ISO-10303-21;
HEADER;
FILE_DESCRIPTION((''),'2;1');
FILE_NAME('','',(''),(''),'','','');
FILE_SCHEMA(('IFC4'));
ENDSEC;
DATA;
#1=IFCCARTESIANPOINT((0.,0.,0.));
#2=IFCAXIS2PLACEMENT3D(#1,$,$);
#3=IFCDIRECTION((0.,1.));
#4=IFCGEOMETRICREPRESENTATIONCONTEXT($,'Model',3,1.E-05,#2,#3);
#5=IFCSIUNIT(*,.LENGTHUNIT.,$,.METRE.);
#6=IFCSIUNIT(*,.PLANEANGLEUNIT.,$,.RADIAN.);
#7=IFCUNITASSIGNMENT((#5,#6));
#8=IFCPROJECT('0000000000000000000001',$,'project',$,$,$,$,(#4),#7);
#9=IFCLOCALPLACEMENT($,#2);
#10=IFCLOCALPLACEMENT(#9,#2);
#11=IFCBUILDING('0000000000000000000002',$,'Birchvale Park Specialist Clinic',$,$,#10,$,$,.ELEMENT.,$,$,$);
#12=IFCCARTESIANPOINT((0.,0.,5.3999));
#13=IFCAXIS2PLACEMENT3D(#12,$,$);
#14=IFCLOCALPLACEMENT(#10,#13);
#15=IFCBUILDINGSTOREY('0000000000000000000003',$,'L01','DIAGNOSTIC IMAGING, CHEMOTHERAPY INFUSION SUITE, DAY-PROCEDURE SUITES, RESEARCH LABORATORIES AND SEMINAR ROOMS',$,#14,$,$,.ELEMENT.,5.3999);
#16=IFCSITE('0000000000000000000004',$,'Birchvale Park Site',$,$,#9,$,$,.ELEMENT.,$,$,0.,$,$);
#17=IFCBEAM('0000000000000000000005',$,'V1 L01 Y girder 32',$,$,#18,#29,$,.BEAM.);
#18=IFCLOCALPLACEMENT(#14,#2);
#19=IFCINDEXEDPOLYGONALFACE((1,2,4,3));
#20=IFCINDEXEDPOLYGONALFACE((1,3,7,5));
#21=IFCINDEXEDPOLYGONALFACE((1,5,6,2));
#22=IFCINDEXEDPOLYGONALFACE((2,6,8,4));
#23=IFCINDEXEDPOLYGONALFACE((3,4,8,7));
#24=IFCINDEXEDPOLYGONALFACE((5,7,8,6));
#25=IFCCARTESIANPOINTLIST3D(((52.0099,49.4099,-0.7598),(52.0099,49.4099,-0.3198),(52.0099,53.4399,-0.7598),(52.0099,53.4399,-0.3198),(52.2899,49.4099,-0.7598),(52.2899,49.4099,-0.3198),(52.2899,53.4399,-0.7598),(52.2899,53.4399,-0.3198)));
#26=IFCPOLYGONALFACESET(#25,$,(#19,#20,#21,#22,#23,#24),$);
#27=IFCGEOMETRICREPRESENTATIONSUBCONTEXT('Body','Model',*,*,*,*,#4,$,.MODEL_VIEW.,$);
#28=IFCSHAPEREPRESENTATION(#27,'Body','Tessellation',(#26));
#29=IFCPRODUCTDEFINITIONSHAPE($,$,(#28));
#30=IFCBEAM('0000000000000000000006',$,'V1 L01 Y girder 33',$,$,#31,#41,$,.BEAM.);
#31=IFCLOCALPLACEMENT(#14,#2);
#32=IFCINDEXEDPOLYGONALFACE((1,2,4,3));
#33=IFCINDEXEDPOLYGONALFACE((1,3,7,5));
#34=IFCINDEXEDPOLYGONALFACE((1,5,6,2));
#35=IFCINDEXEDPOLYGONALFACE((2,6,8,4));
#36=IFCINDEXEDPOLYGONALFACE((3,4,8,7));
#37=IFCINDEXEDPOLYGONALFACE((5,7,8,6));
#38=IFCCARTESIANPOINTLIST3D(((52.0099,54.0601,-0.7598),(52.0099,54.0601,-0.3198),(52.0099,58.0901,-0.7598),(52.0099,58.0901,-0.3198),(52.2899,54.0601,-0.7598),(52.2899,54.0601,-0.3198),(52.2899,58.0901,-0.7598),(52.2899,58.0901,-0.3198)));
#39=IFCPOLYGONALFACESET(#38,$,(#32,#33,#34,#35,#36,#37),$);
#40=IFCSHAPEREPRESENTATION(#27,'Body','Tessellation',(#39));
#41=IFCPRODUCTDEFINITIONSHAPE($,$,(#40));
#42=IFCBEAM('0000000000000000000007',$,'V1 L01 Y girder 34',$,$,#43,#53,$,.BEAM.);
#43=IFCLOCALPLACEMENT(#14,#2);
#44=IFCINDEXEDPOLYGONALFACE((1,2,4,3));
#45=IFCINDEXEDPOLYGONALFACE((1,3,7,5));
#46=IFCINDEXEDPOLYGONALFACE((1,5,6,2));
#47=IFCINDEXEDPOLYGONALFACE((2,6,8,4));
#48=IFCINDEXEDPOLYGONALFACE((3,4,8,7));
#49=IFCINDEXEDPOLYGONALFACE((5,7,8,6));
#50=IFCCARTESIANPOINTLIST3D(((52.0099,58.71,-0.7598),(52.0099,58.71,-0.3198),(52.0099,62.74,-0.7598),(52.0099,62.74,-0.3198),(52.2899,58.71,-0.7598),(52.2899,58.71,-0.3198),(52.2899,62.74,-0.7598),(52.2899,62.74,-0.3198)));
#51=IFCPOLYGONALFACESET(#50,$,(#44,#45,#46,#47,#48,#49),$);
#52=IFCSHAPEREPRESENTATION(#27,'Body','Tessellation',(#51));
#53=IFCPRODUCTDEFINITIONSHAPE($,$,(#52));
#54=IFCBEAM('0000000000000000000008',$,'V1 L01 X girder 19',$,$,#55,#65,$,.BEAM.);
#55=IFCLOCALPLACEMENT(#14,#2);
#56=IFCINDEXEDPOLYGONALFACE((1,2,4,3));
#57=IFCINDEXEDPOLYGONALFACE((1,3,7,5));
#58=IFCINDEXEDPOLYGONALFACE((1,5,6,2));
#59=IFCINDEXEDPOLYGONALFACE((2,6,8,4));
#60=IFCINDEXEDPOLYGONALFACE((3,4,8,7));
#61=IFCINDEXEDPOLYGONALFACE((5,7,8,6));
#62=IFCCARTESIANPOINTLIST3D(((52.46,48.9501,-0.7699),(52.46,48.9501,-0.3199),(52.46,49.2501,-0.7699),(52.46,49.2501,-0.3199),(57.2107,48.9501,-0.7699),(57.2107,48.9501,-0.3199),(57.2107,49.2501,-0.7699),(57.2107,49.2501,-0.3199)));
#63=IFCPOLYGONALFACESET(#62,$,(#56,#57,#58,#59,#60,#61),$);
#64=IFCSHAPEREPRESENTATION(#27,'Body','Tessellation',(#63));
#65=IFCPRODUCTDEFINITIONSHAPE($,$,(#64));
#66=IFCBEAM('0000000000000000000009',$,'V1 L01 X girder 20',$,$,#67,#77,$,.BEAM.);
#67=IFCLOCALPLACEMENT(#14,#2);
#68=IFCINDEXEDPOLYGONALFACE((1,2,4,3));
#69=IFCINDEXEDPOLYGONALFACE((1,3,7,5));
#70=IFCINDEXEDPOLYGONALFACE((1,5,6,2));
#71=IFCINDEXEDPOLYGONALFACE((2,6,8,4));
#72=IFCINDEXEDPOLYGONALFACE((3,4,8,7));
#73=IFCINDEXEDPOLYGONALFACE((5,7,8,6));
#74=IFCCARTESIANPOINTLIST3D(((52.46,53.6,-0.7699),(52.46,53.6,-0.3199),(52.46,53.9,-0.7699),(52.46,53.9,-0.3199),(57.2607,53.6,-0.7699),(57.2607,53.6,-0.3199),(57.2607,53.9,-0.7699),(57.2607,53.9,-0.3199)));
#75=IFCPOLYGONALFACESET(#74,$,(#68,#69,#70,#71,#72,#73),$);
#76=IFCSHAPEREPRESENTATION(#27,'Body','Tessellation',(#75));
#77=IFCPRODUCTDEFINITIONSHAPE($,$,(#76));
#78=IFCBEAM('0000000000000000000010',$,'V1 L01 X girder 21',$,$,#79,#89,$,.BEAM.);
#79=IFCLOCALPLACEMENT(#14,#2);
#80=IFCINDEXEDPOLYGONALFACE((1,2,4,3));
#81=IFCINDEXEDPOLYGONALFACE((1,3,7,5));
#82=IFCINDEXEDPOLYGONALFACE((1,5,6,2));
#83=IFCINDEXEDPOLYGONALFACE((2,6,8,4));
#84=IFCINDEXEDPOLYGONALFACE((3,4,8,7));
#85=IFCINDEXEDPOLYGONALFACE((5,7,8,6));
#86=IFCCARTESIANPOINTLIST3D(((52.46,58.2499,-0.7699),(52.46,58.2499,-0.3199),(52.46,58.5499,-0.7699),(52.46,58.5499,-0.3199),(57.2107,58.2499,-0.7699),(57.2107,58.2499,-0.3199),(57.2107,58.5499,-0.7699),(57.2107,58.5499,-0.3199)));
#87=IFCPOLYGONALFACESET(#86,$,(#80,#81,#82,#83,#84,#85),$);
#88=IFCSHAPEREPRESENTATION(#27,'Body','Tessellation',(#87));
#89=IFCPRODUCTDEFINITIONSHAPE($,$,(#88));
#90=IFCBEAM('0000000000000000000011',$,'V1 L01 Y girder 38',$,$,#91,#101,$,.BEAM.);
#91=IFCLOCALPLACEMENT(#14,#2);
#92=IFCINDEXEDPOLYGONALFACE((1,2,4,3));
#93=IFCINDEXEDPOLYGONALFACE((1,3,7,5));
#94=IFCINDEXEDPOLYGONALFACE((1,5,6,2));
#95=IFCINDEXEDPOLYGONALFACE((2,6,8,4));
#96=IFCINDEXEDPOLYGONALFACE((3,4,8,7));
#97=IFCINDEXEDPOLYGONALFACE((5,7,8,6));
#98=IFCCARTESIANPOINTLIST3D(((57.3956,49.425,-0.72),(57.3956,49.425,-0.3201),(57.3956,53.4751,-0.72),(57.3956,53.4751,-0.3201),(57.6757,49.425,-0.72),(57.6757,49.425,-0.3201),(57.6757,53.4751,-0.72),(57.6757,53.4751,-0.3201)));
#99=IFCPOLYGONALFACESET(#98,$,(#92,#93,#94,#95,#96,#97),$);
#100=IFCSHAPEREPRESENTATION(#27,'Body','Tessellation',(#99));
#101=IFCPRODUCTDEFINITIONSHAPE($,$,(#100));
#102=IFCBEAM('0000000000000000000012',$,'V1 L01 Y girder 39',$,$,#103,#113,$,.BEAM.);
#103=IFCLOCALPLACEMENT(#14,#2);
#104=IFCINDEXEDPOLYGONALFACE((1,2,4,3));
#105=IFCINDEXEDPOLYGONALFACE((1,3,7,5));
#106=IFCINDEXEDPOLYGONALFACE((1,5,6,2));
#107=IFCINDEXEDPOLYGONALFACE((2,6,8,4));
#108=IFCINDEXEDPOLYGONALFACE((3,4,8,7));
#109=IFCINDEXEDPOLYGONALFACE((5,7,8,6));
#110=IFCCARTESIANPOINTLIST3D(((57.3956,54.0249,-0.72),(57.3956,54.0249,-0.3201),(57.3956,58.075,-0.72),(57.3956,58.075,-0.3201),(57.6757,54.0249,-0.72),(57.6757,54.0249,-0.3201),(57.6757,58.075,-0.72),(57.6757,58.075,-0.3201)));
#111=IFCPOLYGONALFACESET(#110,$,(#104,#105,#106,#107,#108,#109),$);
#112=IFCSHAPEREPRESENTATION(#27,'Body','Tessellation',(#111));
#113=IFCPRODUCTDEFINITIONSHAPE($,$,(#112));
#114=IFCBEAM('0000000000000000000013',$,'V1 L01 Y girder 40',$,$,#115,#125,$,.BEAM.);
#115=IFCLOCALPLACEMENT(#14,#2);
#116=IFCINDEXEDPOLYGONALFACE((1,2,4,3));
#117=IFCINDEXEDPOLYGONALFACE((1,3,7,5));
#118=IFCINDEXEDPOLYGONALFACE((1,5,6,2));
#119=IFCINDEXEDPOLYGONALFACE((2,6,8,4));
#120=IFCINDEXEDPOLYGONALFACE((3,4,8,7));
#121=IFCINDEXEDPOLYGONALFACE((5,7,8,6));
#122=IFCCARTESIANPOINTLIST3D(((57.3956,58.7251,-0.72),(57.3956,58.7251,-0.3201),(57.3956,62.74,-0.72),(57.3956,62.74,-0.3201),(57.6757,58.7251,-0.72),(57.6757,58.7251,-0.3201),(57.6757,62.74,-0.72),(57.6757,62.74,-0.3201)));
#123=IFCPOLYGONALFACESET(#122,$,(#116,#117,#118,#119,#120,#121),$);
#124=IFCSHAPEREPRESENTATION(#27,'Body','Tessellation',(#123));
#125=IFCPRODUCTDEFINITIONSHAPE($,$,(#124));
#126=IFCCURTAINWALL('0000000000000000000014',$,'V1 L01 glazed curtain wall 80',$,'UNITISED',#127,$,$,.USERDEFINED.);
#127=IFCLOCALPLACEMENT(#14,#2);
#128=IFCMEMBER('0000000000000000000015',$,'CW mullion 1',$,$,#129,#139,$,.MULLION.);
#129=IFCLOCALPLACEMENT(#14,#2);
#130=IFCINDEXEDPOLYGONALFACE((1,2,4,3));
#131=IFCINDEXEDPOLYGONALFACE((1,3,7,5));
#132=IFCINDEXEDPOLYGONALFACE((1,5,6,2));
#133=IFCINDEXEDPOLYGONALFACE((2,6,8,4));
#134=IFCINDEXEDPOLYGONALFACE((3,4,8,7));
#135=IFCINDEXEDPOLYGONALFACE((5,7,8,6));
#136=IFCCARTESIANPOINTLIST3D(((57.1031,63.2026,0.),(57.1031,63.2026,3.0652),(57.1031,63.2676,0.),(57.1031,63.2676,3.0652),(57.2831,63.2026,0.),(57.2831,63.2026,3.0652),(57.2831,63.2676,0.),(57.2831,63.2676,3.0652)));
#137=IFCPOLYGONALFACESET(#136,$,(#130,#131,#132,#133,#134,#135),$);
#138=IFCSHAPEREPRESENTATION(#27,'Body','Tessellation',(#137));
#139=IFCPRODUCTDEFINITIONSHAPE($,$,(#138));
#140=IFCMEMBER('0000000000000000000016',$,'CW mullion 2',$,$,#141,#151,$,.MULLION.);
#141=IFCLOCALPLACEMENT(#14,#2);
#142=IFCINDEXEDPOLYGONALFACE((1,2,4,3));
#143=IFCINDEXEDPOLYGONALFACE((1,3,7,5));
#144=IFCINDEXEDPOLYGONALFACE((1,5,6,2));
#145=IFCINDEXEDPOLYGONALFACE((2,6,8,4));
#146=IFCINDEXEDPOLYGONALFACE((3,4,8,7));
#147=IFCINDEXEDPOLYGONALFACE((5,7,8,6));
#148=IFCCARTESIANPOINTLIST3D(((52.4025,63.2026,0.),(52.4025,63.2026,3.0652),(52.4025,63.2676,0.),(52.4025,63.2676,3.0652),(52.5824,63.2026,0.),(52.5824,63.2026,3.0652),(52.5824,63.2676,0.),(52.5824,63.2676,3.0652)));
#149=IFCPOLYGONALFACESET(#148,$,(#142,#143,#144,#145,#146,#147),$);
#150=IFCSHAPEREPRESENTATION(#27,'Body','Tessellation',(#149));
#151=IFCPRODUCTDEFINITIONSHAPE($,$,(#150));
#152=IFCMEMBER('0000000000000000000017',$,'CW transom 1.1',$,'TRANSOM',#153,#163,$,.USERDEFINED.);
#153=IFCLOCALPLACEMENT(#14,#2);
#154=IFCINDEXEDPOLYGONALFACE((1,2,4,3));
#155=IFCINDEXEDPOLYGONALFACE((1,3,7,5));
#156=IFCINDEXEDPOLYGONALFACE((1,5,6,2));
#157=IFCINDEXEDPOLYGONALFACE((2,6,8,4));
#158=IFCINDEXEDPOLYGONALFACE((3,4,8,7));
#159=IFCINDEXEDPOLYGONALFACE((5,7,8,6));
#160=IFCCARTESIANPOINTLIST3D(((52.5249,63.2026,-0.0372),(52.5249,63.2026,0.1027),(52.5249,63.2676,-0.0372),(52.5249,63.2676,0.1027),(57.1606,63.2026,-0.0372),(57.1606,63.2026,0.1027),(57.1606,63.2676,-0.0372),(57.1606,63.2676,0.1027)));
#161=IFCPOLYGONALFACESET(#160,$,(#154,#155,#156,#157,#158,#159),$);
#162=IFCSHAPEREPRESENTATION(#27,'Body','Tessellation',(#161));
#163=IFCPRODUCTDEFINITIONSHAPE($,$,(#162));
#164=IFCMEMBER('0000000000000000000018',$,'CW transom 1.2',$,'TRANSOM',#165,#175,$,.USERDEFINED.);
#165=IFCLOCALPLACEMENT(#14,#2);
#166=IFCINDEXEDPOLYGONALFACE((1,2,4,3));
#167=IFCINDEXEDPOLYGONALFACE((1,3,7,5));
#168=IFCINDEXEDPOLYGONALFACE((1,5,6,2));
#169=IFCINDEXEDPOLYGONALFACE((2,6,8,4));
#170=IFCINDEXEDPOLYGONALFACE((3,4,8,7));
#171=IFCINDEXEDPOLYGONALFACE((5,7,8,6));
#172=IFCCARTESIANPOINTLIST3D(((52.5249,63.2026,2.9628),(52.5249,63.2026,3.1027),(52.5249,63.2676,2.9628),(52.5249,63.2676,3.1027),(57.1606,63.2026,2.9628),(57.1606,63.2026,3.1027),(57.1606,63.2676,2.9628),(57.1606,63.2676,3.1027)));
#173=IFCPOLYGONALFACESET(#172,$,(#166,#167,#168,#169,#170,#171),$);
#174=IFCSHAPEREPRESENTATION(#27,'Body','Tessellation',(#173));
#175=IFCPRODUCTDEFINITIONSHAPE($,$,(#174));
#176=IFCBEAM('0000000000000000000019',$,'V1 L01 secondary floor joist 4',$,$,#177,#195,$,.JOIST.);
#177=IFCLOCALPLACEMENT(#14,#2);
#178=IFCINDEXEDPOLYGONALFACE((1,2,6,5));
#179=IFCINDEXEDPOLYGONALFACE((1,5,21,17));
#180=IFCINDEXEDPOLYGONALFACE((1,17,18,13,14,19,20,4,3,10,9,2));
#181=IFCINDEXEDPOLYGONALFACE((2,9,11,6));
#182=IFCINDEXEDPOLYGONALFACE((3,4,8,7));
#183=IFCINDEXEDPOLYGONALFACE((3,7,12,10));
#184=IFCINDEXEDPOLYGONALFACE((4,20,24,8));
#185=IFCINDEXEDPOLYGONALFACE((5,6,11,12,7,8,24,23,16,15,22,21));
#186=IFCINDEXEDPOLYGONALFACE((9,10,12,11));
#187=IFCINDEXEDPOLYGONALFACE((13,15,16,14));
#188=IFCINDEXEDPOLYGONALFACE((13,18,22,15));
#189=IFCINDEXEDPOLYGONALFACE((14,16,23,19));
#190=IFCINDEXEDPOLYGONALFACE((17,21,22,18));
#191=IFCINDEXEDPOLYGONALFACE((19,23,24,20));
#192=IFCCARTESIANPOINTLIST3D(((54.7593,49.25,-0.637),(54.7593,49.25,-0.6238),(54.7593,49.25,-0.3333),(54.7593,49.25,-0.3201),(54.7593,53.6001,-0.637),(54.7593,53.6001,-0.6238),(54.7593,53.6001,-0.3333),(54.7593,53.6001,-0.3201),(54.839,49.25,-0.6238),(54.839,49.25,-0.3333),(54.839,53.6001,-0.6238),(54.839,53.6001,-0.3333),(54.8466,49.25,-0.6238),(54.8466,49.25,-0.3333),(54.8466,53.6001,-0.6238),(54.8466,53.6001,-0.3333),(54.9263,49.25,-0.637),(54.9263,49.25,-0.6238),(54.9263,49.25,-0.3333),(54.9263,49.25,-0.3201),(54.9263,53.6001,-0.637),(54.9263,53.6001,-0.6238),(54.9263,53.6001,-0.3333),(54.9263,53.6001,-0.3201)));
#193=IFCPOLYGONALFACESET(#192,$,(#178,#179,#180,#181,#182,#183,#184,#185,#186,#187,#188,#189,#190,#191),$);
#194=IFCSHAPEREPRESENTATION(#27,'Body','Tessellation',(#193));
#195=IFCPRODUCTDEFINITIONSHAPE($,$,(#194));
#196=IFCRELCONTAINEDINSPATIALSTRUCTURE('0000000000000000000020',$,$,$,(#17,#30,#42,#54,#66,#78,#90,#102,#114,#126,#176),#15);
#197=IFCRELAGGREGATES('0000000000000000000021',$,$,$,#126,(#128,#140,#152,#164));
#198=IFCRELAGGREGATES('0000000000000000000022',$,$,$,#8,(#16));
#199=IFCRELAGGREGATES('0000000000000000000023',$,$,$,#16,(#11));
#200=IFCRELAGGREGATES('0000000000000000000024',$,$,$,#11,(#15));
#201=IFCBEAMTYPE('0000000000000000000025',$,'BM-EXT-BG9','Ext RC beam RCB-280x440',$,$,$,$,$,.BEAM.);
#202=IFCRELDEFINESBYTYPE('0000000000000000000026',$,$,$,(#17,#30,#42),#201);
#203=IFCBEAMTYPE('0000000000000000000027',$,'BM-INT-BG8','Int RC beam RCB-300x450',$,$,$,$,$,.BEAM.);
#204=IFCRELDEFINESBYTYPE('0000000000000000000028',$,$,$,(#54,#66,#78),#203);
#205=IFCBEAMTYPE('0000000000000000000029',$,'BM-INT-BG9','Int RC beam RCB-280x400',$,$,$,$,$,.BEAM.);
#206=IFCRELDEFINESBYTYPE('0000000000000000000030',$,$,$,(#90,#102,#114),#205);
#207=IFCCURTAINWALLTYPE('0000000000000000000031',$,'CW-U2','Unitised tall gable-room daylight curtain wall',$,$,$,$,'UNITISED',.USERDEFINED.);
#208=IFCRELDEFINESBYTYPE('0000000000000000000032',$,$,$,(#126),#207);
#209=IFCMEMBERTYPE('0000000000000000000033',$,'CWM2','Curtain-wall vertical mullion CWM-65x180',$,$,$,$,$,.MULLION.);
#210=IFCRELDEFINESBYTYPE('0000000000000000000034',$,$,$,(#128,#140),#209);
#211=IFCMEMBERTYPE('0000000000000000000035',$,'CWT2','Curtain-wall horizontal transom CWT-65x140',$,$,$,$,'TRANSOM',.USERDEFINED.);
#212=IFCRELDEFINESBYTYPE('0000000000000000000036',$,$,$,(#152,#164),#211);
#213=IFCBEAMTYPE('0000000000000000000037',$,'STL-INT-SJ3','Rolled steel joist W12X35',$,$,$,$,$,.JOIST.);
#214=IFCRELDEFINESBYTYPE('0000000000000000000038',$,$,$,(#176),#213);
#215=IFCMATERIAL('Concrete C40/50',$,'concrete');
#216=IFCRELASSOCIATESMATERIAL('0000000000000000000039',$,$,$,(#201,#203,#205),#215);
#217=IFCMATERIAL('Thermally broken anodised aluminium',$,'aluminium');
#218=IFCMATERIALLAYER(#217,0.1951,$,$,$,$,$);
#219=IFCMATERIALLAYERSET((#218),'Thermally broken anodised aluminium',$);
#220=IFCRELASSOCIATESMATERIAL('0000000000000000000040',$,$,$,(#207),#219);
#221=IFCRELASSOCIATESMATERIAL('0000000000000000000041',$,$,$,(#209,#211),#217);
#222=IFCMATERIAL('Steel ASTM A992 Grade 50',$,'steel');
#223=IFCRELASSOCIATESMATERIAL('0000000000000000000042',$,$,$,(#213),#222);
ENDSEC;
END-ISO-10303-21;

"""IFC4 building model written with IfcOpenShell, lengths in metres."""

from ifc_helpers import new_model, si_unit, direction, frame, origin, origin_2d, place, context, subcontext, project, spatial, rectangle, i_section, extrude, material, layer, layer_set, material_profile, profile_set, type_object, element, aggregate, save


model = new_model("IFC4")

# Units and contexts
model_context = context("Model", 3, precision=1e-05, world=origin(), true_north=direction((0.0, 1.0)))
body_context = subcontext(model_context, "Body", "Model", "MODEL_VIEW")
ifc_project = project(units=[si_unit("LENGTHUNIT", "METRE"), si_unit("PLANEANGLEUNIT", "RADIAN")], contexts=[model_context])

# Site, building, storey
site_placement = place(None, origin())
site = spatial("IfcSite", under=ifc_project, at=site_placement, Name="Birchvale Park Site", CompositionType="ELEMENT", RefElevation=0.0)
building_placement = place(site_placement, origin())
building = spatial("IfcBuilding", under=site, at=building_placement, Name="Birchvale Park Specialist Clinic", CompositionType="ELEMENT")
storey_placement = place(building_placement, frame((0.0, 0.0, 5.3999)))
storey = spatial("IfcBuildingStorey", under=building, at=storey_placement, Name="L01", Description="DIAGNOSTIC IMAGING, CHEMOTHERAPY INFUSION SUITE, DAY-PROCEDURE SUITES, RESEARCH LABORATORIES AND SEMINAR ROOMS", CompositionType="ELEMENT", Elevation=5.3999)

# Shared definitions
ifc_material_1 = material(Name="Concrete C40/50", Category="concrete")

# Beams
ifc_material_profile_1 = material_profile(ifc_material_1, rectangle(XDim=0.28, YDim=0.4399, at=origin_2d()), Name="RCB-280x440")
ifc_profile_set_1 = profile_set([ifc_material_profile_1], Name="Concrete C40/50")
beam_type_1 = type_object("IfcBeamType", Name="BM-EXT-BG9", Description="Ext RC beam RCB-280x440", PredefinedType="BEAM", material=ifc_profile_set_1)
for number, where, z_axis, x_axis, name in (
    (1, (52.1499, 49.4099, -0.5398), (0.0, 1.0, 0.0), (-1.0, 0.0, 0.0), "V1 L01 Y girder 32"),
    (2, (52.1499, 54.0601, -0.5398), (0.0, 1.0, 0.0), (-1.0, 0.0, 0.0), "V1 L01 Y girder 33"),
    (3, (52.1499, 58.71, -0.5398), (0.0, 1.0, 0.0), (-1.0, 0.0, 0.0), "V1 L01 Y girder 34"),
):
    element("IfcBeam", number, at=place(storey_placement, frame(where, z_axis=z_axis, x_axis=x_axis)), inside=storey, type_object=beam_type_1, Name=name, PredefinedType="BEAM", context=body_context, shape_type="SweptSolid", body=[
        extrude(rectangle(XDim=0.28, YDim=0.4399, at=origin_2d()), origin(), (0.0, 0.0, 1.0), 4.03),
    ])
ifc_material_profile_2 = material_profile(ifc_material_1, rectangle(XDim=0.3, YDim=0.45, at=origin_2d()), Name="RCB-300x450")
ifc_profile_set_2 = profile_set([ifc_material_profile_2], Name="Concrete C40/50")
beam_type_2 = type_object("IfcBeamType", Name="BM-INT-BG8", Description="Int RC beam RCB-300x450", PredefinedType="BEAM", material=ifc_profile_set_2)
beam_1_placement = place(storey_placement, frame((52.46, 49.1001, -0.5449), z_axis=(1.0, 0.0, 0.0), x_axis=(0.0, 1.0, 0.0)))
element("IfcBeam", 4, at=beam_1_placement, inside=storey, type_object=beam_type_2, Name="V1 L01 X girder 19", PredefinedType="BEAM", context=body_context, shape_type="SweptSolid", body=[
    extrude(rectangle(XDim=0.3, YDim=0.45, at=origin_2d()), origin(), (0.0, 0.0, 1.0), 4.7507),
])
beam_2_placement = place(storey_placement, frame((52.46, 53.75, -0.5449), z_axis=(1.0, 0.0, 0.0), x_axis=(0.0, 1.0, 0.0)))
element("IfcBeam", 5, at=beam_2_placement, inside=storey, type_object=beam_type_2, Name="V1 L01 X girder 20", PredefinedType="BEAM", context=body_context, shape_type="SweptSolid", body=[
    extrude(rectangle(XDim=0.3, YDim=0.45, at=origin_2d()), origin(), (0.0, 0.0, 1.0), 4.8008),
])
beam_3_placement = place(storey_placement, frame((52.46, 58.3999, -0.5449), z_axis=(1.0, 0.0, 0.0), x_axis=(0.0, 1.0, 0.0)))
element("IfcBeam", 6, at=beam_3_placement, inside=storey, type_object=beam_type_2, Name="V1 L01 X girder 21", PredefinedType="BEAM", context=body_context, shape_type="SweptSolid", body=[
    extrude(rectangle(XDim=0.3, YDim=0.45, at=origin_2d()), origin(), (0.0, 0.0, 1.0), 4.7507),
])
ifc_material_profile_3 = material_profile(ifc_material_1, rectangle(XDim=0.28, YDim=0.3999, at=origin_2d()), Name="RCB-280x400")
ifc_profile_set_3 = profile_set([ifc_material_profile_3], Name="Concrete C40/50")
beam_type_3 = type_object("IfcBeamType", Name="BM-INT-BG9", Description="Int RC beam RCB-280x400", PredefinedType="BEAM", material=ifc_profile_set_3)
for number, where, z_axis, x_axis, name in (
    (7, (57.5356, 49.425, -0.52), (0.0, 1.0, 0.0), (-1.0, 0.0, 0.0), "V1 L01 Y girder 38"),
    (8, (57.5356, 54.0249, -0.52), (0.0, 1.0, 0.0), (-1.0, 0.0, 0.0), "V1 L01 Y girder 39"),
):
    element("IfcBeam", number, at=place(storey_placement, frame(where, z_axis=z_axis, x_axis=x_axis)), inside=storey, type_object=beam_type_3, Name=name, PredefinedType="BEAM", context=body_context, shape_type="SweptSolid", body=[
        extrude(rectangle(XDim=0.28, YDim=0.3999, at=origin_2d()), origin(), (0.0, 0.0, 1.0), 4.05),
    ])
beam_4_placement = place(storey_placement, frame((57.5356, 58.7251, -0.52), z_axis=(0.0, 1.0, 0.0), x_axis=(-1.0, 0.0, 0.0)))
element("IfcBeam", 9, at=beam_4_placement, inside=storey, type_object=beam_type_3, Name="V1 L01 Y girder 40", PredefinedType="BEAM", context=body_context, shape_type="SweptSolid", body=[
    extrude(rectangle(XDim=0.28, YDim=0.3999, at=origin_2d()), origin(), (0.0, 0.0, 1.0), 4.0149),
])

# Curtain wall, members
ifc_material_2 = material(Name="Thermally broken anodised aluminium", Category="aluminium")
ifc_layer_1 = layer(ifc_material_2, 0.1951)
ifc_layer_set_1 = layer_set([ifc_layer_1], Name="Thermally broken anodised aluminium")
curtain_wall_type = type_object("IfcCurtainWallType", Name="CW-U2", Description="Unitised tall gable-room daylight curtain wall", ElementType="UNITISED", PredefinedType="USERDEFINED", material=ifc_layer_set_1)
curtain_wall_placement = place(storey_placement, origin())
curtain_wall = element("IfcCurtainWall", 10, at=curtain_wall_placement, inside=storey, type_object=curtain_wall_type, Name="V1 L01 glazed curtain wall 80", ObjectType="UNITISED", PredefinedType="USERDEFINED")
ifc_material_profile_4 = material_profile(ifc_material_2, rectangle(XDim=0.0649, YDim=0.1799, at=origin_2d()), Name="CWM-65x180")
ifc_profile_set_4 = profile_set([ifc_material_profile_4], Name="Thermally broken anodised aluminium")
member_type_1 = type_object("IfcMemberType", Name="CWM2", Description="Curtain-wall vertical mullion CWM-65x180", PredefinedType="MULLION", material=ifc_profile_set_4)
member_1_placement = place(storey_placement, frame((57.1931, 63.2351, 0.0), z_axis=(0.0, 0.0, 1.0), x_axis=(0.0, -1.0, 0.0)))
member_1 = element("IfcMember", 11, at=member_1_placement, type_object=member_type_1, Name="CW mullion 1", PredefinedType="MULLION", context=body_context, shape_type="SweptSolid", body=[
    extrude(rectangle(XDim=0.0649, YDim=0.1799, at=origin_2d()), origin(), (0.0, 0.0, 1.0), 3.0652),
])
member_2_placement = place(storey_placement, frame((52.4924, 63.2351, 0.0), z_axis=(0.0, 0.0, 1.0), x_axis=(0.0, -1.0, 0.0)))
member_2 = element("IfcMember", 12, at=member_2_placement, type_object=member_type_1, Name="CW mullion 2", PredefinedType="MULLION", context=body_context, shape_type="SweptSolid", body=[
    extrude(rectangle(XDim=0.0649, YDim=0.1799, at=origin_2d()), origin(), (0.0, 0.0, 1.0), 3.0652),
])
ifc_material_profile_5 = material_profile(ifc_material_2, rectangle(XDim=0.0649, YDim=0.1399, at=origin_2d()), Name="CWT-65x140")
ifc_profile_set_5 = profile_set([ifc_material_profile_5], Name="Thermally broken anodised aluminium")
member_type_2 = type_object("IfcMemberType", Name="CWT2", Description="Curtain-wall horizontal transom CWT-65x140", ElementType="TRANSOM", PredefinedType="USERDEFINED", material=ifc_profile_set_5)
member_3_placement = place(storey_placement, frame((57.1606, 63.2351, 0.0327), z_axis=(-1.0, 0.0, 0.0), x_axis=(0.0, -1.0, 0.0)))
member_3 = element("IfcMember", 13, at=member_3_placement, type_object=member_type_2, Name="CW transom 1.1", ObjectType="TRANSOM", PredefinedType="USERDEFINED", context=body_context, shape_type="SweptSolid", body=[
    extrude(rectangle(XDim=0.0649, YDim=0.1399, at=origin_2d()), origin(), (0.0, 0.0, 1.0), 4.6357),
])
member_4_placement = place(storey_placement, frame((57.1606, 63.2351, 3.0327), z_axis=(-1.0, 0.0, 0.0), x_axis=(0.0, -1.0, 0.0)))
member_4 = element("IfcMember", 14, at=member_4_placement, type_object=member_type_2, Name="CW transom 1.2", ObjectType="TRANSOM", PredefinedType="USERDEFINED", context=body_context, shape_type="SweptSolid", body=[
    extrude(rectangle(XDim=0.0649, YDim=0.1399, at=origin_2d()), origin(), (0.0, 0.0, 1.0), 4.6357),
])

# Beam
ifc_material_3 = material(Name="Steel ASTM A992 Grade 50", Category="steel")
ifc_material_profile_6 = material_profile(ifc_material_3, i_section(OverallWidth=0.167, OverallDepth=0.3169, WebThickness=0.0076, FlangeThickness=0.0132, at=origin_2d()), Name="W12X35")
ifc_profile_set_6 = profile_set([ifc_material_profile_6], Name="Steel ASTM A992 Grade 50")
beam_type_4 = type_object("IfcBeamType", Name="STL-INT-SJ3", Description="Rolled steel joist W12X35", PredefinedType="JOIST", material=ifc_profile_set_6)
beam_5_placement = place(storey_placement, frame((54.8428, 49.25, -0.4785), z_axis=(0.0, 1.0, 0.0), x_axis=(-1.0, 0.0, 0.0)))
element("IfcBeam", 15, at=beam_5_placement, inside=storey, type_object=beam_type_4, Name="V1 L01 secondary floor joist 4", PredefinedType="JOIST", context=body_context, shape_type="SweptSolid", body=[
    extrude(i_section(OverallWidth=0.167, OverallDepth=0.3169, WebThickness=0.0076, FlangeThickness=0.0132, at=origin_2d()), origin(), (0.0, 0.0, 1.0), 4.3501),
])

aggregate(curtain_wall, [member_1, member_2, member_3, member_4])

save(model, "model.ifc")
